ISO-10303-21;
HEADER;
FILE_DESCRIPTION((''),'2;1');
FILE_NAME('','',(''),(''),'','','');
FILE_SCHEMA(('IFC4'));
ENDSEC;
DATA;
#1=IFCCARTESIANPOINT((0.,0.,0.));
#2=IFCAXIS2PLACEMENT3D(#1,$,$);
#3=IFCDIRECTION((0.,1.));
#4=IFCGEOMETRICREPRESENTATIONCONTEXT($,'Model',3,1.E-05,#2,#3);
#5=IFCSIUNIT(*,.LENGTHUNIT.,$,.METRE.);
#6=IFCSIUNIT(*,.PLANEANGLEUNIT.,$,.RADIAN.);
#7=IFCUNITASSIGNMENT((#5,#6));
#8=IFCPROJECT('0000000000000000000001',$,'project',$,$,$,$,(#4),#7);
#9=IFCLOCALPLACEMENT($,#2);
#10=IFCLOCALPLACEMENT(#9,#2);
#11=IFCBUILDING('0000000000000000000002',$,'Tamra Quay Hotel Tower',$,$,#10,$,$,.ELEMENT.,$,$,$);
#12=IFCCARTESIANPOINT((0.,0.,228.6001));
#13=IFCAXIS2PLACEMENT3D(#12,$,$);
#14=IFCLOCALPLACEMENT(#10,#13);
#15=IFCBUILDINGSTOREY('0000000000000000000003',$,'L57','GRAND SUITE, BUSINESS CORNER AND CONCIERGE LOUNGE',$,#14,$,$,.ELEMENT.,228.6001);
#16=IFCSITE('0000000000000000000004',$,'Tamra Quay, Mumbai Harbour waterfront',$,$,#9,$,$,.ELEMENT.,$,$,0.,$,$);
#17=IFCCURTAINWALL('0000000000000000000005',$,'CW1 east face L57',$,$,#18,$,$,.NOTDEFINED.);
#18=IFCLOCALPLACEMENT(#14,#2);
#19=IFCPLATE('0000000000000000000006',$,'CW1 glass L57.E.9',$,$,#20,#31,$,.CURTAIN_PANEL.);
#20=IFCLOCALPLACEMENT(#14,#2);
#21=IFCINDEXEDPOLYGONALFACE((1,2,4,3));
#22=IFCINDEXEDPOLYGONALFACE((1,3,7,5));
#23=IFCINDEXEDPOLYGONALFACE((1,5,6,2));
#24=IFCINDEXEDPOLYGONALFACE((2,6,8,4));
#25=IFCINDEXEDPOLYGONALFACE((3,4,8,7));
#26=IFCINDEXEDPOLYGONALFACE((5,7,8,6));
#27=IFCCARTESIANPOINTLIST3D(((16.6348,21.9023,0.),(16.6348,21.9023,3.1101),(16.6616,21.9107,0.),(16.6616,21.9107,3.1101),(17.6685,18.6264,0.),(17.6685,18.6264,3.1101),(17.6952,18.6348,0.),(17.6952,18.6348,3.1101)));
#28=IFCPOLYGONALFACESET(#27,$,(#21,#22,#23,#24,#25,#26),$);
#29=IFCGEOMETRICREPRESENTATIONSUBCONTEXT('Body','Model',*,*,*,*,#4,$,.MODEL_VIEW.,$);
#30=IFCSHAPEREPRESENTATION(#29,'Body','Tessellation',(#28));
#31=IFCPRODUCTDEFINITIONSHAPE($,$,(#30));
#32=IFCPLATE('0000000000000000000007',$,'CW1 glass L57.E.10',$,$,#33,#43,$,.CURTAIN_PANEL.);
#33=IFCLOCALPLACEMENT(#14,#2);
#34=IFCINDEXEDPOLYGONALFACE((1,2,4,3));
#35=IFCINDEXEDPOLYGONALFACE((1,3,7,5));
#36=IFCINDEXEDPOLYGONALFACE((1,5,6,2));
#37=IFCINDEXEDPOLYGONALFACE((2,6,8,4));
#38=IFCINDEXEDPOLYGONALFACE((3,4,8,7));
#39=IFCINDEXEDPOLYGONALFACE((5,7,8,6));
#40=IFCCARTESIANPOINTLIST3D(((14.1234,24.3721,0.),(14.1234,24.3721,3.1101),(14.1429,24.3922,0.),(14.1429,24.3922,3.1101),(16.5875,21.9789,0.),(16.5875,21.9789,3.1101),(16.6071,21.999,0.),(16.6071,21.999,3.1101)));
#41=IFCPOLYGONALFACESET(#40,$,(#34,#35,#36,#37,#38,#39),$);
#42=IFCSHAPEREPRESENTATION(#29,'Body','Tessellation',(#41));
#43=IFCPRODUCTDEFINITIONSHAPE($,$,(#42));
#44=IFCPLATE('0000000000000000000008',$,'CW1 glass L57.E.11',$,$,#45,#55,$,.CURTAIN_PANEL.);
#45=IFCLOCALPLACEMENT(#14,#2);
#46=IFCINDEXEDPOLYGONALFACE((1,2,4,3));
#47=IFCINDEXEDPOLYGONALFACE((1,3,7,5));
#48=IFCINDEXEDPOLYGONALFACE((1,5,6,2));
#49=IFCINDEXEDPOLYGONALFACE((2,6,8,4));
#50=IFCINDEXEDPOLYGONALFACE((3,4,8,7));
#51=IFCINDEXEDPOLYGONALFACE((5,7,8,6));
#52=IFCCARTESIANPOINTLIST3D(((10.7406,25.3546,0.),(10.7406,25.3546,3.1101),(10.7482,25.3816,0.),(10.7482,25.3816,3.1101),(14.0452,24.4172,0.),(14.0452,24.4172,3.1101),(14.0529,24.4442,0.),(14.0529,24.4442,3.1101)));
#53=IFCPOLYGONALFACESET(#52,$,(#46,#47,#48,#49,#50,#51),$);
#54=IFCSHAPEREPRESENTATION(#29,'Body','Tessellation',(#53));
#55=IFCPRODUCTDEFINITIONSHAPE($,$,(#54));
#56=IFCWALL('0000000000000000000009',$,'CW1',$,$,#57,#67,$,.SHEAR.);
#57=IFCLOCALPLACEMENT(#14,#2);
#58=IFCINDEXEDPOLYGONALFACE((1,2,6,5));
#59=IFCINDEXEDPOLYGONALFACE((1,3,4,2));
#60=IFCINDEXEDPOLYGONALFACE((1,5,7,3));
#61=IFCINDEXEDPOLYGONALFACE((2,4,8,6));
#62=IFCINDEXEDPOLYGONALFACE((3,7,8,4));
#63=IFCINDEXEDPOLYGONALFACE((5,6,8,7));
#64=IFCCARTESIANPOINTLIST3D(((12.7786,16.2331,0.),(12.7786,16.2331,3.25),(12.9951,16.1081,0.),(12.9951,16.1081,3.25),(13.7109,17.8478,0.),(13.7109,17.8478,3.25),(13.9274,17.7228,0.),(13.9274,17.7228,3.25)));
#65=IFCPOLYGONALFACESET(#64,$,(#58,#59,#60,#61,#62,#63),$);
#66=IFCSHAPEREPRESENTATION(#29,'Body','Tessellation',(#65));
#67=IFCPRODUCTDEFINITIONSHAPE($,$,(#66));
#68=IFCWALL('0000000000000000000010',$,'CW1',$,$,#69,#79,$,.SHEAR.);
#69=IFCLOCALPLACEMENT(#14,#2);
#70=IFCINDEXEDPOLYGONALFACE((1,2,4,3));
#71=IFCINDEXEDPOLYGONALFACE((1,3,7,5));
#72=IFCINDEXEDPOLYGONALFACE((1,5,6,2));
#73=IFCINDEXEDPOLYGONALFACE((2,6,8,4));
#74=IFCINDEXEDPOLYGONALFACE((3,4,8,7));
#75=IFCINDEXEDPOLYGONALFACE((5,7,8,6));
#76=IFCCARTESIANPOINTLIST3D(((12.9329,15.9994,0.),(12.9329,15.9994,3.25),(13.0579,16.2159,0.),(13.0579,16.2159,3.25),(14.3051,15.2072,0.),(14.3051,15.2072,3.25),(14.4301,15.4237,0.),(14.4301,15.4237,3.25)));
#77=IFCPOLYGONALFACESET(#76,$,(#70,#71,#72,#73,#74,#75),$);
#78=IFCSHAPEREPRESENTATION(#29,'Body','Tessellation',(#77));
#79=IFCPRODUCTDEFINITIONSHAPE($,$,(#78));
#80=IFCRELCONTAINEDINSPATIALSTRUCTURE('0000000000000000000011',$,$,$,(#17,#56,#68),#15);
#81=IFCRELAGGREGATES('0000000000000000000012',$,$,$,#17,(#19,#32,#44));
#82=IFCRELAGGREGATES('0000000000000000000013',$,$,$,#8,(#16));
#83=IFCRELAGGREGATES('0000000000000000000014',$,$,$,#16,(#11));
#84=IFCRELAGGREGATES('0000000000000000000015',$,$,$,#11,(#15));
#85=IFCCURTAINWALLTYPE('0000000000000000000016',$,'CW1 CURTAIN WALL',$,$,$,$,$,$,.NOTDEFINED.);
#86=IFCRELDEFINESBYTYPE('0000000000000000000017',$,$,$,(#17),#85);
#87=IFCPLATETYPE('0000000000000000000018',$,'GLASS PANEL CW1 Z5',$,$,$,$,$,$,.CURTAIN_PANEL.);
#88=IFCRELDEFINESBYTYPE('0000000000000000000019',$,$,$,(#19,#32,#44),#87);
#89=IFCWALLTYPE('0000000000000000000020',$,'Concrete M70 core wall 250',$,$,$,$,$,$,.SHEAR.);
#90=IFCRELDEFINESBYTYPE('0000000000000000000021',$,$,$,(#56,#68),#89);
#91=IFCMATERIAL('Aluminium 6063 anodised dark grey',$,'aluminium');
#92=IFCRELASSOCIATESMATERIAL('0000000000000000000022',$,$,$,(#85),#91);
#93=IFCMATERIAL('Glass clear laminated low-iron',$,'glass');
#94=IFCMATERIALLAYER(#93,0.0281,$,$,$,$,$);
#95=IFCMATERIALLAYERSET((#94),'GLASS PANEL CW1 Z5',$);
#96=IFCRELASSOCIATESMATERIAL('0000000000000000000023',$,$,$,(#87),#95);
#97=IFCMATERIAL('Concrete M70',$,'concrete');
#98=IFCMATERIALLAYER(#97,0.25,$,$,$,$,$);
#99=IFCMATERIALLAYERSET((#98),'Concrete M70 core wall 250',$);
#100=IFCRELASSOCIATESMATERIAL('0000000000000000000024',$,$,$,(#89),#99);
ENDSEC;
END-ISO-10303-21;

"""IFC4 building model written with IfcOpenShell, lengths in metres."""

from ifc_helpers import new_model, si_unit, direction, frame, frame_2d, origin, origin_2d, place, context, subcontext, project, spatial, rectangle, extrude, material, layer, layer_set, type_object, element, aggregate, save


model = new_model("IFC4")

# Units and contexts
model_context = context("Model", 3, precision=1e-05, world=origin(), true_north=direction((0.0, 1.0)))
body_context = subcontext(model_context, "Body", "Model", "MODEL_VIEW")
ifc_project = project(units=[si_unit("LENGTHUNIT", "METRE"), si_unit("PLANEANGLEUNIT", "RADIAN")], contexts=[model_context])

# Site, building, storey
site_placement = place(None, origin())
site = spatial("IfcSite", under=ifc_project, at=site_placement, Name="Tamra Quay, Mumbai Harbour waterfront", CompositionType="ELEMENT", RefElevation=0.0)
building_placement = place(site_placement, origin())
building = spatial("IfcBuilding", under=site, at=building_placement, Name="Tamra Quay Hotel Tower", CompositionType="ELEMENT")
storey_placement = place(building_placement, frame((0.0, 0.0, 228.6001)))
storey = spatial("IfcBuildingStorey", under=building, at=storey_placement, Name="L57", Description="GRAND SUITE, BUSINESS CORNER AND CONCIERGE LOUNGE", CompositionType="ELEMENT", Elevation=228.6001)

# Shared definitions
ifc_material_1 = material(Name="Concrete M70", Category="concrete")

# Curtain wall
ifc_material_2 = material(Name="Aluminium 6063 anodised dark grey", Category="aluminium")
curtain_wall_type = type_object("IfcCurtainWallType", Name="CW1 CURTAIN WALL", PredefinedType="NOTDEFINED", material=ifc_material_2)
curtain_wall_placement = place(storey_placement, origin())
curtain_wall = element("IfcCurtainWall", 1, at=curtain_wall_placement, inside=storey, type_object=curtain_wall_type, Name="CW1 east face L57", PredefinedType="NOTDEFINED")

# Plates
ifc_material_3 = material(Name="Glass clear laminated low-iron", Category="glass")
ifc_layer_1 = layer(ifc_material_3, 0.0281)
ifc_layer_set_1 = layer_set([ifc_layer_1], Name="GLASS PANEL CW1 Z5")
plate_type = type_object("IfcPlateType", Name="GLASS PANEL CW1 Z5", PredefinedType="CURTAIN_PANEL", material=ifc_layer_set_1)
plate_1_placement = place(storey_placement, frame((17.165, 20.2686, 0.0), z_axis=(0.0, 0.0, 1.0), x_axis=(-0.300903, 0.953655, 0.0)))
plate_1 = element("IfcPlate", 2, at=plate_1_placement, type_object=plate_type, Name="CW1 glass L57.E.9", PredefinedType="CURTAIN_PANEL", context=body_context, shape_type="SweptSolid", body=[
    extrude(rectangle(XDim=3.4351, YDim=0.0281, at=origin_2d()), origin(), (0.0, 0.0, 1.0), 3.1101),
])
plate_2_placement = place(storey_placement, frame((15.3652, 23.1855, 0.0), z_axis=(0.0, 0.0, 1.0), x_axis=(-0.717364, 0.696698, 0.0)))
plate_2 = element("IfcPlate", 3, at=plate_2_placement, type_object=plate_type, Name="CW1 glass L57.E.10", PredefinedType="CURTAIN_PANEL", context=body_context, shape_type="SweptSolid", body=[
    extrude(rectangle(XDim=3.4351, YDim=0.0281, at=origin_2d()), origin(), (0.0, 0.0, 1.0), 3.1101),
])
plate_3_placement = place(storey_placement, frame((12.3967, 24.8994, 0.0), z_axis=(0.0, 0.0, 1.0), x_axis=(-0.962041, 0.272906, 0.0)))
plate_3 = element("IfcPlate", 4, at=plate_3_placement, type_object=plate_type, Name="CW1 glass L57.E.11", PredefinedType="CURTAIN_PANEL", context=body_context, shape_type="SweptSolid", body=[
    extrude(rectangle(XDim=3.4351, YDim=0.0281, at=origin_2d()), origin(), (0.0, 0.0, 1.0), 3.1101),
])
aggregate(curtain_wall, [plate_1, plate_2, plate_3])

# Walls
ifc_layer_2 = layer(ifc_material_1, 0.25)
ifc_layer_set_2 = layer_set([ifc_layer_2], Name="Concrete M70 core wall 250")
wall_type = type_object("IfcWallType", Name="Concrete M70 core wall 250", PredefinedType="SHEAR", material=ifc_layer_set_2)
wall_1_placement = place(storey_placement, frame((13.8191, 17.7852, 0.0), z_axis=(0.0, 0.0, 1.0), x_axis=(-0.50004, -0.866002, 0.0)))
element("IfcWall", 5, at=wall_1_placement, inside=storey, type_object=wall_type, Name="CW1", PredefinedType="SHEAR", context=body_context, shape_type="SweptSolid", body=[
    extrude(rectangle(XDim=1.8645, YDim=0.25, at=frame_2d((0.9321, 0.0))), origin(), (0.0, 0.0, 1.0), 3.25),
])
wall_2_placement = place(storey_placement, frame((12.9954, 16.1077, 0.0), z_axis=(0.0, 0.0, 1.0), x_axis=(0.866044, -0.499967, 0.0)))
element("IfcWall", 6, at=wall_2_placement, inside=storey, type_object=wall_type, Name="CW1", PredefinedType="SHEAR", context=body_context, shape_type="SweptSolid", body=[
    extrude(rectangle(XDim=1.5845, YDim=0.25, at=frame_2d((0.7922, 0.0))), origin(), (0.0, 0.0, 1.0), 3.25),
])

save(model, "model.ifc")
